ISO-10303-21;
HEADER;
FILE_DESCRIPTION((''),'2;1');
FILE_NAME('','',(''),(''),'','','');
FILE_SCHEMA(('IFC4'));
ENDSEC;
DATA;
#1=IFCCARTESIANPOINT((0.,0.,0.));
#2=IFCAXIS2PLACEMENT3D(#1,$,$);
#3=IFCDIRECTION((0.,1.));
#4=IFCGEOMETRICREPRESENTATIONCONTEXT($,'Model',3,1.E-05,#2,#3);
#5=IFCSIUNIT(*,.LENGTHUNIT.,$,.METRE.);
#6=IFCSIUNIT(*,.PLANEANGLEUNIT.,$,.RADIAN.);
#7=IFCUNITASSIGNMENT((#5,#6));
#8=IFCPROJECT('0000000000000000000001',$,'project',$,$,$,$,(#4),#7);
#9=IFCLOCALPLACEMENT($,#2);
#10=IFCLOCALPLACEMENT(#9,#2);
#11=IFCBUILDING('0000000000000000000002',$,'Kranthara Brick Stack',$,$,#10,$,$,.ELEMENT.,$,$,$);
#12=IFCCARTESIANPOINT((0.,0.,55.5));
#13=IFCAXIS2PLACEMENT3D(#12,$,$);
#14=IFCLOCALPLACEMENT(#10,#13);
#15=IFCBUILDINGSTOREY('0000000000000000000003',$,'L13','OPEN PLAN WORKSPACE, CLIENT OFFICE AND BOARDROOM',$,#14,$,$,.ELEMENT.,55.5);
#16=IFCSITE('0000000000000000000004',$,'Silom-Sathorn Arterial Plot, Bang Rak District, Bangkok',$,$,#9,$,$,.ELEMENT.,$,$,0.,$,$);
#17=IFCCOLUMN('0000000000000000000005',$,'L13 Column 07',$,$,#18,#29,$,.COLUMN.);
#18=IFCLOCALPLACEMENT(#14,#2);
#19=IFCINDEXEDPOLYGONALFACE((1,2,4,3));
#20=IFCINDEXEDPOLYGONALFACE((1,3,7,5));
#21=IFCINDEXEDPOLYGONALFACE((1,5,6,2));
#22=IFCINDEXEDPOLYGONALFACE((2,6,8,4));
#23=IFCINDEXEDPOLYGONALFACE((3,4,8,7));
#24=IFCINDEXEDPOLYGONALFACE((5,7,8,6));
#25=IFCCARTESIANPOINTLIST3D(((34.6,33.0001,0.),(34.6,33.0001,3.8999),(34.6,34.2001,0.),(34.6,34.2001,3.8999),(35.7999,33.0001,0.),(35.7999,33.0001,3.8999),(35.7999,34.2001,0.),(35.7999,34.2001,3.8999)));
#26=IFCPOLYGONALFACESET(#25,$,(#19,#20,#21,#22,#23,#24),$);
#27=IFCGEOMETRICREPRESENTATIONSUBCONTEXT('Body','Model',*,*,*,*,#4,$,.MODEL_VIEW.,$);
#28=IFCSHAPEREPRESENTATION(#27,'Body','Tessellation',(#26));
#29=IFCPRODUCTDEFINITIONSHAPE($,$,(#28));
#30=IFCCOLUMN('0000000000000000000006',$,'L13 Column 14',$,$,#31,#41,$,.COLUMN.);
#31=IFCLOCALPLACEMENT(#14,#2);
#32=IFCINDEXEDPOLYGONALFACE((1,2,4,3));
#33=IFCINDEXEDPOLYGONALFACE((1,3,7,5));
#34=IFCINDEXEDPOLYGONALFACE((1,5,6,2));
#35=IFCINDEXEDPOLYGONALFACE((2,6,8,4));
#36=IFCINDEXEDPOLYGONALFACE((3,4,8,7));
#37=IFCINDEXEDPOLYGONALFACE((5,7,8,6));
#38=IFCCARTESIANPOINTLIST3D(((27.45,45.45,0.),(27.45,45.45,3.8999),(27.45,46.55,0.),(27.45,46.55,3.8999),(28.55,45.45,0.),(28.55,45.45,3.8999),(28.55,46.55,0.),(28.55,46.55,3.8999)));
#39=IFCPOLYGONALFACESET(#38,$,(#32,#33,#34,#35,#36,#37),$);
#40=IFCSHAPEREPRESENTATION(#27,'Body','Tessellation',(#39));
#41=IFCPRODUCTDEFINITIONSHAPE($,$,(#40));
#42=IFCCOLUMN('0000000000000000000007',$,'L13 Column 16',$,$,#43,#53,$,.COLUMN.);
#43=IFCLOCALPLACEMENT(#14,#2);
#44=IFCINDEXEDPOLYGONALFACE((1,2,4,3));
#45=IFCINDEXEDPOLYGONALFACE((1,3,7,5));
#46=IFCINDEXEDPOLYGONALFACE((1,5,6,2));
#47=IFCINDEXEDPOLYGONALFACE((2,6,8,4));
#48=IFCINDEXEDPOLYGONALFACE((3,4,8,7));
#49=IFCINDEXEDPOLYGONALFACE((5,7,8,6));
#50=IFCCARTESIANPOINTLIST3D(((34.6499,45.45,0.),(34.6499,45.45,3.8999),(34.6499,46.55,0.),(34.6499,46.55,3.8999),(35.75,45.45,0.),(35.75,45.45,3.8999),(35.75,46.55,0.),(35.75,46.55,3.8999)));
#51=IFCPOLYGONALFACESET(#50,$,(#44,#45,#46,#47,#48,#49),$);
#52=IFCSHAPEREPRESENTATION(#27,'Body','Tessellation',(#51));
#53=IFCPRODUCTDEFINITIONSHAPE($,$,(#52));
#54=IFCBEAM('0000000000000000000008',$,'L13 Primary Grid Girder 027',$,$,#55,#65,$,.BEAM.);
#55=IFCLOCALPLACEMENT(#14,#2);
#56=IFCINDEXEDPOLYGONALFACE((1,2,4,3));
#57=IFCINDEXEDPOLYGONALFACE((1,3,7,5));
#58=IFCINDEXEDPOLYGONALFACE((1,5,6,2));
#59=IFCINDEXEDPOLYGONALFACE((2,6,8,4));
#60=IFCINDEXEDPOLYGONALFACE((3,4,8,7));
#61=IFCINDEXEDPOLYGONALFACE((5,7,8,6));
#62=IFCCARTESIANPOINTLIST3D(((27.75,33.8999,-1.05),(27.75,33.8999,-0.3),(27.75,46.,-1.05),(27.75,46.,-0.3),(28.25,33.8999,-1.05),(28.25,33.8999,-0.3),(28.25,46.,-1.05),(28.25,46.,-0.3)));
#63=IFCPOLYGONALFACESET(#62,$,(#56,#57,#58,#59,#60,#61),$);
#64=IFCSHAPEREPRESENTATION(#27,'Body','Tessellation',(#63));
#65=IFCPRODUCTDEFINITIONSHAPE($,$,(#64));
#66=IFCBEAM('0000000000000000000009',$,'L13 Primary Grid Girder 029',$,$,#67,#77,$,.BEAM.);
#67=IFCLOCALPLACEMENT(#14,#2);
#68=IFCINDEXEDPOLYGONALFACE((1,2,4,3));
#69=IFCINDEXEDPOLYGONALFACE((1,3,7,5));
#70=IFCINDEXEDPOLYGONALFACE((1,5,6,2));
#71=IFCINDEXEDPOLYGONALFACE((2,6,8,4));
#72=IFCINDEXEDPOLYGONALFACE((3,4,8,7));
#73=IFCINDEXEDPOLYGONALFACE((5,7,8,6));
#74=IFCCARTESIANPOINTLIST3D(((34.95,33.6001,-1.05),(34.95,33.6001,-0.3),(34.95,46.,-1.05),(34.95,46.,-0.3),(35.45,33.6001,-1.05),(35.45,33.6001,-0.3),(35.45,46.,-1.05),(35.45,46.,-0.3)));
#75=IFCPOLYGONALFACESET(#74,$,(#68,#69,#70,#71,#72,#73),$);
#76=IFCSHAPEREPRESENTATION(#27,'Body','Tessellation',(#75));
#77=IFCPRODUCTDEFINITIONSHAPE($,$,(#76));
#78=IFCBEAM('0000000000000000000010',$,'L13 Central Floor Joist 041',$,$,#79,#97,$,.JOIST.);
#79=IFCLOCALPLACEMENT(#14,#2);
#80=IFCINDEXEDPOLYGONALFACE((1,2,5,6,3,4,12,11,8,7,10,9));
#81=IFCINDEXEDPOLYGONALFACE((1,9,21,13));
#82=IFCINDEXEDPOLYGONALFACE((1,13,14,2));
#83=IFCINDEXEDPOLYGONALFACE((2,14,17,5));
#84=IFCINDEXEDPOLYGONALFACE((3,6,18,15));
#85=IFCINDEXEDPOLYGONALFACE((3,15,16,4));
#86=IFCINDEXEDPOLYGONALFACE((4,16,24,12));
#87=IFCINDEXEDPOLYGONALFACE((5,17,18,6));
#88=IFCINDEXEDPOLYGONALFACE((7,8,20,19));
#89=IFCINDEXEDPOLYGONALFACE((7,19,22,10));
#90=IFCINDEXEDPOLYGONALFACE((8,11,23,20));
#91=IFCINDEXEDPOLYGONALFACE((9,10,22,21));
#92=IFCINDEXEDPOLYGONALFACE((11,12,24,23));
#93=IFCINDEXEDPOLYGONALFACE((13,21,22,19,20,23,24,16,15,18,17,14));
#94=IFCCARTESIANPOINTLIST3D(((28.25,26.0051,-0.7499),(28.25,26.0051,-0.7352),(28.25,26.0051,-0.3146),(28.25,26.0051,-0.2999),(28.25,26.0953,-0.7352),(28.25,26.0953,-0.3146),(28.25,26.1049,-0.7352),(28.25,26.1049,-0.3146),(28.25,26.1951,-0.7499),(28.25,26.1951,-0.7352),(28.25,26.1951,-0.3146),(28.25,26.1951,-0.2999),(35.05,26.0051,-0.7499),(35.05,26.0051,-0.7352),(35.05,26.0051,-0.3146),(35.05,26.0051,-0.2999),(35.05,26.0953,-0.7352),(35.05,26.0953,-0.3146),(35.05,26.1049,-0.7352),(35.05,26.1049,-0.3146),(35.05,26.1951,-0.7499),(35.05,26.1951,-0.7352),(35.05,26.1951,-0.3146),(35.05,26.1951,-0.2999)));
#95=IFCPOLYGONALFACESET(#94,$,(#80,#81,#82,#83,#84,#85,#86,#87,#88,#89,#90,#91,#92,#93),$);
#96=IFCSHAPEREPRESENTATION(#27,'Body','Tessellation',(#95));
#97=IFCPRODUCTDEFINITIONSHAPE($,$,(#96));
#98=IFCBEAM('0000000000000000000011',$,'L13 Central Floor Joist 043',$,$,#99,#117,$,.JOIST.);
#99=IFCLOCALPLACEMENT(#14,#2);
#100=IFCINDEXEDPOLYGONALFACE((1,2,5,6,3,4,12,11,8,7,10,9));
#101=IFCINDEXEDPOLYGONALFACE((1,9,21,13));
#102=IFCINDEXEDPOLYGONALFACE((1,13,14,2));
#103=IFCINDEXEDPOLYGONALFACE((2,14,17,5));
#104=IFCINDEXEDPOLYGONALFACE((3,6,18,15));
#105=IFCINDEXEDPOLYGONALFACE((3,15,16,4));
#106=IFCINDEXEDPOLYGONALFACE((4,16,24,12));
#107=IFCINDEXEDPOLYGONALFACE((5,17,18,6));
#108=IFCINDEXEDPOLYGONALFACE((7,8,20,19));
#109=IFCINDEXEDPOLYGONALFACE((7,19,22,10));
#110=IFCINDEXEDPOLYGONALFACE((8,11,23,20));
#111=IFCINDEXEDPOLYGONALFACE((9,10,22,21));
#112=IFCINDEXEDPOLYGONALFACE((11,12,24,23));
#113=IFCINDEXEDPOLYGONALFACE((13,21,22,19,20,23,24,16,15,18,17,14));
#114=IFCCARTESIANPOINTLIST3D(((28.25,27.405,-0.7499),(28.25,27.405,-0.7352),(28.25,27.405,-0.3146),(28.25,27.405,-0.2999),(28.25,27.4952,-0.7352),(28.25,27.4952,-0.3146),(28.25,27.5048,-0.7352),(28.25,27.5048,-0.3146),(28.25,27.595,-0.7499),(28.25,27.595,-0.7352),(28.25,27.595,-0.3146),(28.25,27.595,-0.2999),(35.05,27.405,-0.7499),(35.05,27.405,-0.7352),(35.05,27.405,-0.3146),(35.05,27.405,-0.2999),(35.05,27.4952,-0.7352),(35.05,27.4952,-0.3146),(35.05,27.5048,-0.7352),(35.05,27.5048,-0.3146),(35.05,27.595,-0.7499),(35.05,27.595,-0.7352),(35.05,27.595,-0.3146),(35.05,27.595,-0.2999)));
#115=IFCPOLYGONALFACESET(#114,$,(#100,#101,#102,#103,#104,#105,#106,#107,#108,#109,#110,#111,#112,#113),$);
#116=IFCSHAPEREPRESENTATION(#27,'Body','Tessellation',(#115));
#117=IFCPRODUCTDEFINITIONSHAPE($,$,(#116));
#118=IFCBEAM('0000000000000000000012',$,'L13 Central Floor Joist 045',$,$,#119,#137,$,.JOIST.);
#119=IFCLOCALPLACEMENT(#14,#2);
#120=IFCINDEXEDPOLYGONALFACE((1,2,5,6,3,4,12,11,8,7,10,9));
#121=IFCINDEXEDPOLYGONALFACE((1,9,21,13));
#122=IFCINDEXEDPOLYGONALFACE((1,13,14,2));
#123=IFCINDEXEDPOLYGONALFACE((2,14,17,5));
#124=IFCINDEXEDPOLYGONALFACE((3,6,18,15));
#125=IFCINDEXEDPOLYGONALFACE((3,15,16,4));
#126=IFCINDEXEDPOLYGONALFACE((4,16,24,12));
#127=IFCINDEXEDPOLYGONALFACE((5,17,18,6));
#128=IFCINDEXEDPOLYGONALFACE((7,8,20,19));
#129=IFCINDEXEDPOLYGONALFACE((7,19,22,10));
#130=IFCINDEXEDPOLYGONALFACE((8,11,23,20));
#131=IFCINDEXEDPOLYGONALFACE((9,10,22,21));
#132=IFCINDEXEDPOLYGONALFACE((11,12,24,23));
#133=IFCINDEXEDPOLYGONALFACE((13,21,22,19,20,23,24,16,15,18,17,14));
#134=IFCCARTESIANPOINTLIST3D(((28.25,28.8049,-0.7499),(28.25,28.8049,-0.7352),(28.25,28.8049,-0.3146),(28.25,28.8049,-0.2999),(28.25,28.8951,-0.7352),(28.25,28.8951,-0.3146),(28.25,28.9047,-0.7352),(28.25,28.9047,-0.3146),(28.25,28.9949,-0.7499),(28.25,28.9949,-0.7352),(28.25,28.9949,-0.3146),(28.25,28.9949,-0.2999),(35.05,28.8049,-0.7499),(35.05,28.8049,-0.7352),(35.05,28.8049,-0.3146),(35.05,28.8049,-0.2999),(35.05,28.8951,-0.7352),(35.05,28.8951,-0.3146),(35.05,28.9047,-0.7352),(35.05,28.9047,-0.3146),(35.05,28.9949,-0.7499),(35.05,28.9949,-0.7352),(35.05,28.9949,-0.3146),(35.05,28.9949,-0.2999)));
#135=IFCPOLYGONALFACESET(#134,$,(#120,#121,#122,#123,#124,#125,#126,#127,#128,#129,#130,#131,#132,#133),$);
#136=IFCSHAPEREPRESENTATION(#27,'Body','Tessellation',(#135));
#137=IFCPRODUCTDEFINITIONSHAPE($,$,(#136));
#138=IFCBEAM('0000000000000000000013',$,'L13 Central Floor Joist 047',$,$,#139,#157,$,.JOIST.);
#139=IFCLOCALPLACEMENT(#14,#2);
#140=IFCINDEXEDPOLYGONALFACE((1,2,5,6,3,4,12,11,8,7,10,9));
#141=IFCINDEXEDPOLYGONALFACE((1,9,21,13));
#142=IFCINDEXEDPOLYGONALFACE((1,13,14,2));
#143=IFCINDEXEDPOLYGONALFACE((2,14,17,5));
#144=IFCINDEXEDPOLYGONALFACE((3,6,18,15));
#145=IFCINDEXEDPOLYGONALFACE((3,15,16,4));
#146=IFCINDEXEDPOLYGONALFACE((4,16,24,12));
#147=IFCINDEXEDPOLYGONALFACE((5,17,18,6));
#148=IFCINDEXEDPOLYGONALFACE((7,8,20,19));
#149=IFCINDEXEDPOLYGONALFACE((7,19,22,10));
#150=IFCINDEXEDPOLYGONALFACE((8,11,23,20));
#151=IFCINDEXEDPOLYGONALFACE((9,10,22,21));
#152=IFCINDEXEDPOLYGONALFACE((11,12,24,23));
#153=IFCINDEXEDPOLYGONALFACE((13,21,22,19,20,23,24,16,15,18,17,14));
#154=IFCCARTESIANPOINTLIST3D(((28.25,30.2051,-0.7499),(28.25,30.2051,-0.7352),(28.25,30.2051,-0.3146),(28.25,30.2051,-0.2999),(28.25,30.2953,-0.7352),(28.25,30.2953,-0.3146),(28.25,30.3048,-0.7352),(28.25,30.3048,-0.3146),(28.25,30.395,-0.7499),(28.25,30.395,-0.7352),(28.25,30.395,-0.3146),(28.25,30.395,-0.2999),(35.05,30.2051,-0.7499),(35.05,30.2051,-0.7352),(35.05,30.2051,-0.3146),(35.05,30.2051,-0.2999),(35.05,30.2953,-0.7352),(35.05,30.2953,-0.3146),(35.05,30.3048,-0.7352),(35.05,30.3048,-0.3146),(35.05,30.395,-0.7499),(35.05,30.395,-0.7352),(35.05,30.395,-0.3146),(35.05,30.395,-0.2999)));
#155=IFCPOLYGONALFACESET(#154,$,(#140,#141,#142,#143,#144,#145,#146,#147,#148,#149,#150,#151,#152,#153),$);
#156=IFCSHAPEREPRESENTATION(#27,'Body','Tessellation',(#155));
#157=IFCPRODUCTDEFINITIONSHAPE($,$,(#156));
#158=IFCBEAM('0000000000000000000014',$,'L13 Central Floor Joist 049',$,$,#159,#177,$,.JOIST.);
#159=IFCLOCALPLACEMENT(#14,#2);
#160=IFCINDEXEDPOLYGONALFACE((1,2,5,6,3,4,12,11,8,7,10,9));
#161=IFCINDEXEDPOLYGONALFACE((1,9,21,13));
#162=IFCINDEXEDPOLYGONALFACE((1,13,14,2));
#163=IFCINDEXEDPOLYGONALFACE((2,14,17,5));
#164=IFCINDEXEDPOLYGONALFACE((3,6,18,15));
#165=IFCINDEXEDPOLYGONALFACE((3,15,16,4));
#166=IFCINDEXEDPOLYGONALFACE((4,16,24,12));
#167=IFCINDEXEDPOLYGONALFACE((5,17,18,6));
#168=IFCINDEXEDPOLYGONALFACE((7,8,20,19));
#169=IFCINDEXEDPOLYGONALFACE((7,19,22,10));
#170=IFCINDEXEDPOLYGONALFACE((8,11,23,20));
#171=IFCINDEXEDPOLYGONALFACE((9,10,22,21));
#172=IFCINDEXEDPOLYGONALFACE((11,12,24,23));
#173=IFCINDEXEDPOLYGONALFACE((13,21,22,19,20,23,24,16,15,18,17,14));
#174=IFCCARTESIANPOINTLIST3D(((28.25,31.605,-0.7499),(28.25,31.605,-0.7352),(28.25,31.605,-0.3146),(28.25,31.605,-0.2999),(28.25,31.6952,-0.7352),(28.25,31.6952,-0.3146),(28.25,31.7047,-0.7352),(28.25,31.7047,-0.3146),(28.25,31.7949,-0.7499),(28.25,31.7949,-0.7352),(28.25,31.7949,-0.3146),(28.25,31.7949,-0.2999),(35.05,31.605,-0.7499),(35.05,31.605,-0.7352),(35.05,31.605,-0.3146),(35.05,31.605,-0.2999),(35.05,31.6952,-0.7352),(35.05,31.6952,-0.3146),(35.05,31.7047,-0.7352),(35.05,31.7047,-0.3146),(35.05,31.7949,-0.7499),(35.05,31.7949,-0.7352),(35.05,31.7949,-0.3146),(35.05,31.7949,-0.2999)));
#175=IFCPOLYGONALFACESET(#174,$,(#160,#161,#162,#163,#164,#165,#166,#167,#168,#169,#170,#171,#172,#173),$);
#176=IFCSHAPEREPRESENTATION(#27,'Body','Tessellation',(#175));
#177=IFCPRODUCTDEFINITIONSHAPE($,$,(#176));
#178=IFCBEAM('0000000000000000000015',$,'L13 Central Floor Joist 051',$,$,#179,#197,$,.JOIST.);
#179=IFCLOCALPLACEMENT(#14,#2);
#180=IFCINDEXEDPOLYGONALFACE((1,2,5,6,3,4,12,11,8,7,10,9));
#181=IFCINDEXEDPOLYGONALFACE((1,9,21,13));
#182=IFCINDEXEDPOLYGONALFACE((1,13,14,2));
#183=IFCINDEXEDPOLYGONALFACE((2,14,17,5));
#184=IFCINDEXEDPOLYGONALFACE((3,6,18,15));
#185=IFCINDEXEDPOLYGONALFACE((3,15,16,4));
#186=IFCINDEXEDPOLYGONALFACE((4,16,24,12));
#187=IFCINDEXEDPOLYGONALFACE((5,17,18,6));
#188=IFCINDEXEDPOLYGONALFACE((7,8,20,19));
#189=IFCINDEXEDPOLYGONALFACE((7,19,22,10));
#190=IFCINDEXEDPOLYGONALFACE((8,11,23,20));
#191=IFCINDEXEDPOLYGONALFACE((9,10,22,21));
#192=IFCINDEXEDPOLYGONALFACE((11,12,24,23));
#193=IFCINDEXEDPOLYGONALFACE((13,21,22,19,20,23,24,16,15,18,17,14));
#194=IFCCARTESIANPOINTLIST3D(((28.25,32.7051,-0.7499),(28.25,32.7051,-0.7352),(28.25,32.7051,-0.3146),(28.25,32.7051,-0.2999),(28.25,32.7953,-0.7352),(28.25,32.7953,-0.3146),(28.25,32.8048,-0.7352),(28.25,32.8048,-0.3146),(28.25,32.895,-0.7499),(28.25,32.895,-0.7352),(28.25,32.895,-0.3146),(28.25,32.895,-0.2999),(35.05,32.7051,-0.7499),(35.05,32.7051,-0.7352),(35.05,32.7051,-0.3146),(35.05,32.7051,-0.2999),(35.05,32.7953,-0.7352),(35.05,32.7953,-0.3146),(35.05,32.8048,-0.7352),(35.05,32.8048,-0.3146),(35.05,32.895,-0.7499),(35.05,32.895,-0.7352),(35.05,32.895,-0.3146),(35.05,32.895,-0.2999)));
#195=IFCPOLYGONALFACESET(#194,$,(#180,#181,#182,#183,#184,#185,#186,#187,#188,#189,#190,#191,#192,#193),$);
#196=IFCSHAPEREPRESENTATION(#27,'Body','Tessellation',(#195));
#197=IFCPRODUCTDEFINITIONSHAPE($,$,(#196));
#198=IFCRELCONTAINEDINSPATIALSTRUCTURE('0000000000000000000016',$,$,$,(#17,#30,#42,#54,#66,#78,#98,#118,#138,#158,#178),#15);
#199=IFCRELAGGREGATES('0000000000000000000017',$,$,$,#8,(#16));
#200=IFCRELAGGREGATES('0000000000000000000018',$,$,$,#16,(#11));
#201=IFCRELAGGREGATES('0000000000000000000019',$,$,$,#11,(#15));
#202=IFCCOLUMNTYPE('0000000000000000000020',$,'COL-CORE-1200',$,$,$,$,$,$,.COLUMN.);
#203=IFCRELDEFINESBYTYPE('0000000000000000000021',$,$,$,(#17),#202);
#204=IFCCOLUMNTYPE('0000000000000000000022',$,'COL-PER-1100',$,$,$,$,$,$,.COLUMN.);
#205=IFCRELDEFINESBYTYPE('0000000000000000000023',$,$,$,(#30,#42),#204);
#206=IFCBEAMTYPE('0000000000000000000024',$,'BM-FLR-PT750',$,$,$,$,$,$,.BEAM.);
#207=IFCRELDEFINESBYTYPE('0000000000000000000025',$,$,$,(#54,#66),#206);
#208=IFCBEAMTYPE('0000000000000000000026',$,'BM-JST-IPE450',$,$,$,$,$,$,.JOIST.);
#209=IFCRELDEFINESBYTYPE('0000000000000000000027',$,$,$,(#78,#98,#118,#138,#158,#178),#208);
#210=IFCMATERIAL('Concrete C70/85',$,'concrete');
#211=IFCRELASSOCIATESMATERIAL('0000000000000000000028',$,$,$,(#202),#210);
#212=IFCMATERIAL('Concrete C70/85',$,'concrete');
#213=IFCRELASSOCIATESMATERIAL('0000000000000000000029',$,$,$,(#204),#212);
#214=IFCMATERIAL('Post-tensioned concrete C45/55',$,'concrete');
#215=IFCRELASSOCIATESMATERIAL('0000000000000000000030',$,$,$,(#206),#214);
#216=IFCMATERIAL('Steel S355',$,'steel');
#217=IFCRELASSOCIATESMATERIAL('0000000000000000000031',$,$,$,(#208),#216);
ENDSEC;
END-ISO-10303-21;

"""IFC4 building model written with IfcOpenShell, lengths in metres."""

from ifc_helpers import new_model, si_unit, direction, frame, origin, origin_2d, place, context, subcontext, project, spatial, rectangle, i_section, extrude, material, material_profile, profile_set, type_object, element, save


model = new_model("IFC4")

# Units and contexts
model_context = context("Model", 3, precision=1e-05, world=origin(), true_north=direction((0.0, 1.0)))
body_context = subcontext(model_context, "Body", "Model", "MODEL_VIEW")
ifc_project = project(units=[si_unit("LENGTHUNIT", "METRE"), si_unit("PLANEANGLEUNIT", "RADIAN")], contexts=[model_context])

# Site, building, storey
site_placement = place(None, origin())
site = spatial("IfcSite", under=ifc_project, at=site_placement, Name="Silom-Sathorn Arterial Plot, Bang Rak District, Bangkok", CompositionType="ELEMENT", RefElevation=0.0)
building_placement = place(site_placement, origin())
building = spatial("IfcBuilding", under=site, at=building_placement, Name="Kranthara Brick Stack", CompositionType="ELEMENT")
storey_placement = place(building_placement, frame((0.0, 0.0, 55.5)))
storey = spatial("IfcBuildingStorey", under=building, at=storey_placement, Name="L13", Description="OPEN PLAN WORKSPACE, CLIENT OFFICE AND BOARDROOM", CompositionType="ELEMENT", Elevation=55.5)

# Columns
ifc_material_1 = material(Name="Concrete C70/85", Category="concrete")
ifc_material_profile_1 = material_profile(ifc_material_1, rectangle(XDim=1.2, YDim=1.2, at=origin_2d()), Name="RC 1200x1200")
ifc_profile_set_1 = profile_set([ifc_material_profile_1], Name="Concrete C70/85")
column_type_1 = type_object("IfcColumnType", Name="COL-CORE-1200", PredefinedType="COLUMN", material=ifc_profile_set_1)
column_placement = place(storey_placement, frame((35.2, 33.6001, 0.0), z_axis=(0.0, 0.0, 1.0), x_axis=(1.0, 0.0, 0.0)))
element("IfcColumn", 1, at=column_placement, inside=storey, type_object=column_type_1, Name="L13 Column 07", PredefinedType="COLUMN", context=body_context, shape_type="SweptSolid", body=[
    extrude(rectangle(XDim=1.2, YDim=1.2, at=origin_2d()), origin(), (0.0, 0.0, 1.0), 3.8999),
])
ifc_material_2 = material(Name="Concrete C70/85", Category="concrete")
ifc_material_profile_2 = material_profile(ifc_material_2, rectangle(XDim=1.1001, YDim=1.1001, at=origin_2d()), Name="RC 1100x1100")
ifc_profile_set_2 = profile_set([ifc_material_profile_2], Name="Concrete C70/85")
column_type_2 = type_object("IfcColumnType", Name="COL-PER-1100", PredefinedType="COLUMN", material=ifc_profile_set_2)
for number, where, z_axis, x_axis, name in (
    (2, (28.0, 46.0, 0.0), (0.0, 0.0, 1.0), (1.0, 0.0, 0.0), "L13 Column 14"),
    (3, (35.2, 46.0, 0.0), (0.0, 0.0, 1.0), (1.0, 0.0, 0.0), "L13 Column 16"),
):
    element("IfcColumn", number, at=place(storey_placement, frame(where, z_axis=z_axis, x_axis=x_axis)), inside=storey, type_object=column_type_2, Name=name, PredefinedType="COLUMN", context=body_context, shape_type="SweptSolid", body=[
        extrude(rectangle(XDim=1.1001, YDim=1.1001, at=origin_2d()), origin(), (0.0, 0.0, 1.0), 3.8999),
    ])

# Beams
ifc_material_3 = material(Name="Post-tensioned concrete C45/55", Category="concrete")
ifc_material_profile_3 = material_profile(ifc_material_3, rectangle(XDim=0.5, YDim=0.75, at=origin_2d()), Name="PT 500x750")
ifc_profile_set_3 = profile_set([ifc_material_profile_3], Name="Post-tensioned concrete C45/55")
beam_type_1 = type_object("IfcBeamType", Name="BM-FLR-PT750", PredefinedType="BEAM", material=ifc_profile_set_3)
beam_1_placement = place(storey_placement, frame((28.0, 33.8999, -0.675), z_axis=(0.0, 1.0, 0.0), x_axis=(-1.0, 0.0, 0.0)))
element("IfcBeam", 4, at=beam_1_placement, inside=storey, type_object=beam_type_1, Name="L13 Primary Grid Girder 027", PredefinedType="BEAM", context=body_context, shape_type="SweptSolid", body=[
    extrude(rectangle(XDim=0.5, YDim=0.75, at=origin_2d()), origin(), (0.0, 0.0, 1.0), 12.1001),
])
beam_2_placement = place(storey_placement, frame((35.2, 33.6001, -0.675), z_axis=(0.0, 1.0, 0.0), x_axis=(-1.0, 0.0, 0.0)))
element("IfcBeam", 5, at=beam_2_placement, inside=storey, type_object=beam_type_1, Name="L13 Primary Grid Girder 029", PredefinedType="BEAM", context=body_context, shape_type="SweptSolid", body=[
    extrude(rectangle(XDim=0.5, YDim=0.75, at=origin_2d()), origin(), (0.0, 0.0, 1.0), 12.3999),
])
ifc_material_4 = material(Name="Steel S355", Category="steel")
ifc_material_profile_4 = material_profile(ifc_material_4, i_section(OverallWidth=0.1899, OverallDepth=0.45, WebThickness=0.0095, FlangeThickness=0.0146, at=origin_2d()), Name="IPE 450")
ifc_profile_set_4 = profile_set([ifc_material_profile_4], Name="Steel S355")
beam_type_2 = type_object("IfcBeamType", Name="BM-JST-IPE450", PredefinedType="JOIST", material=ifc_profile_set_4)
for number, where, z_axis, x_axis, name in (
    (6, (28.25, 26.1001, -0.5249), (1.0, 0.0, 0.0), (0.0, 1.0, 0.0), "L13 Central Floor Joist 041"),
    (7, (28.25, 27.5, -0.5249), (1.0, 0.0, 0.0), (0.0, 1.0, 0.0), "L13 Central Floor Joist 043"),
    (8, (28.25, 28.8999, -0.5249), (1.0, 0.0, 0.0), (0.0, 1.0, 0.0), "L13 Central Floor Joist 045"),
    (9, (28.25, 30.3, -0.5249), (1.0, 0.0, 0.0), (0.0, 1.0, 0.0), "L13 Central Floor Joist 047"),
    (10, (28.25, 31.7, -0.5249), (1.0, 0.0, 0.0), (0.0, 1.0, 0.0), "L13 Central Floor Joist 049"),
    (11, (28.25, 32.8, -0.5249), (1.0, 0.0, 0.0), (0.0, 1.0, 0.0), "L13 Central Floor Joist 051"),
):
    element("IfcBeam", number, at=place(storey_placement, frame(where, z_axis=z_axis, x_axis=x_axis)), inside=storey, type_object=beam_type_2, Name=name, PredefinedType="JOIST", context=body_context, shape_type="SweptSolid", body=[
        extrude(i_section(OverallWidth=0.1899, OverallDepth=0.45, WebThickness=0.0095, FlangeThickness=0.0146, at=origin_2d()), origin(), (0.0, 0.0, 1.0), 6.8),
    ])

save(model, "model.ifc")
